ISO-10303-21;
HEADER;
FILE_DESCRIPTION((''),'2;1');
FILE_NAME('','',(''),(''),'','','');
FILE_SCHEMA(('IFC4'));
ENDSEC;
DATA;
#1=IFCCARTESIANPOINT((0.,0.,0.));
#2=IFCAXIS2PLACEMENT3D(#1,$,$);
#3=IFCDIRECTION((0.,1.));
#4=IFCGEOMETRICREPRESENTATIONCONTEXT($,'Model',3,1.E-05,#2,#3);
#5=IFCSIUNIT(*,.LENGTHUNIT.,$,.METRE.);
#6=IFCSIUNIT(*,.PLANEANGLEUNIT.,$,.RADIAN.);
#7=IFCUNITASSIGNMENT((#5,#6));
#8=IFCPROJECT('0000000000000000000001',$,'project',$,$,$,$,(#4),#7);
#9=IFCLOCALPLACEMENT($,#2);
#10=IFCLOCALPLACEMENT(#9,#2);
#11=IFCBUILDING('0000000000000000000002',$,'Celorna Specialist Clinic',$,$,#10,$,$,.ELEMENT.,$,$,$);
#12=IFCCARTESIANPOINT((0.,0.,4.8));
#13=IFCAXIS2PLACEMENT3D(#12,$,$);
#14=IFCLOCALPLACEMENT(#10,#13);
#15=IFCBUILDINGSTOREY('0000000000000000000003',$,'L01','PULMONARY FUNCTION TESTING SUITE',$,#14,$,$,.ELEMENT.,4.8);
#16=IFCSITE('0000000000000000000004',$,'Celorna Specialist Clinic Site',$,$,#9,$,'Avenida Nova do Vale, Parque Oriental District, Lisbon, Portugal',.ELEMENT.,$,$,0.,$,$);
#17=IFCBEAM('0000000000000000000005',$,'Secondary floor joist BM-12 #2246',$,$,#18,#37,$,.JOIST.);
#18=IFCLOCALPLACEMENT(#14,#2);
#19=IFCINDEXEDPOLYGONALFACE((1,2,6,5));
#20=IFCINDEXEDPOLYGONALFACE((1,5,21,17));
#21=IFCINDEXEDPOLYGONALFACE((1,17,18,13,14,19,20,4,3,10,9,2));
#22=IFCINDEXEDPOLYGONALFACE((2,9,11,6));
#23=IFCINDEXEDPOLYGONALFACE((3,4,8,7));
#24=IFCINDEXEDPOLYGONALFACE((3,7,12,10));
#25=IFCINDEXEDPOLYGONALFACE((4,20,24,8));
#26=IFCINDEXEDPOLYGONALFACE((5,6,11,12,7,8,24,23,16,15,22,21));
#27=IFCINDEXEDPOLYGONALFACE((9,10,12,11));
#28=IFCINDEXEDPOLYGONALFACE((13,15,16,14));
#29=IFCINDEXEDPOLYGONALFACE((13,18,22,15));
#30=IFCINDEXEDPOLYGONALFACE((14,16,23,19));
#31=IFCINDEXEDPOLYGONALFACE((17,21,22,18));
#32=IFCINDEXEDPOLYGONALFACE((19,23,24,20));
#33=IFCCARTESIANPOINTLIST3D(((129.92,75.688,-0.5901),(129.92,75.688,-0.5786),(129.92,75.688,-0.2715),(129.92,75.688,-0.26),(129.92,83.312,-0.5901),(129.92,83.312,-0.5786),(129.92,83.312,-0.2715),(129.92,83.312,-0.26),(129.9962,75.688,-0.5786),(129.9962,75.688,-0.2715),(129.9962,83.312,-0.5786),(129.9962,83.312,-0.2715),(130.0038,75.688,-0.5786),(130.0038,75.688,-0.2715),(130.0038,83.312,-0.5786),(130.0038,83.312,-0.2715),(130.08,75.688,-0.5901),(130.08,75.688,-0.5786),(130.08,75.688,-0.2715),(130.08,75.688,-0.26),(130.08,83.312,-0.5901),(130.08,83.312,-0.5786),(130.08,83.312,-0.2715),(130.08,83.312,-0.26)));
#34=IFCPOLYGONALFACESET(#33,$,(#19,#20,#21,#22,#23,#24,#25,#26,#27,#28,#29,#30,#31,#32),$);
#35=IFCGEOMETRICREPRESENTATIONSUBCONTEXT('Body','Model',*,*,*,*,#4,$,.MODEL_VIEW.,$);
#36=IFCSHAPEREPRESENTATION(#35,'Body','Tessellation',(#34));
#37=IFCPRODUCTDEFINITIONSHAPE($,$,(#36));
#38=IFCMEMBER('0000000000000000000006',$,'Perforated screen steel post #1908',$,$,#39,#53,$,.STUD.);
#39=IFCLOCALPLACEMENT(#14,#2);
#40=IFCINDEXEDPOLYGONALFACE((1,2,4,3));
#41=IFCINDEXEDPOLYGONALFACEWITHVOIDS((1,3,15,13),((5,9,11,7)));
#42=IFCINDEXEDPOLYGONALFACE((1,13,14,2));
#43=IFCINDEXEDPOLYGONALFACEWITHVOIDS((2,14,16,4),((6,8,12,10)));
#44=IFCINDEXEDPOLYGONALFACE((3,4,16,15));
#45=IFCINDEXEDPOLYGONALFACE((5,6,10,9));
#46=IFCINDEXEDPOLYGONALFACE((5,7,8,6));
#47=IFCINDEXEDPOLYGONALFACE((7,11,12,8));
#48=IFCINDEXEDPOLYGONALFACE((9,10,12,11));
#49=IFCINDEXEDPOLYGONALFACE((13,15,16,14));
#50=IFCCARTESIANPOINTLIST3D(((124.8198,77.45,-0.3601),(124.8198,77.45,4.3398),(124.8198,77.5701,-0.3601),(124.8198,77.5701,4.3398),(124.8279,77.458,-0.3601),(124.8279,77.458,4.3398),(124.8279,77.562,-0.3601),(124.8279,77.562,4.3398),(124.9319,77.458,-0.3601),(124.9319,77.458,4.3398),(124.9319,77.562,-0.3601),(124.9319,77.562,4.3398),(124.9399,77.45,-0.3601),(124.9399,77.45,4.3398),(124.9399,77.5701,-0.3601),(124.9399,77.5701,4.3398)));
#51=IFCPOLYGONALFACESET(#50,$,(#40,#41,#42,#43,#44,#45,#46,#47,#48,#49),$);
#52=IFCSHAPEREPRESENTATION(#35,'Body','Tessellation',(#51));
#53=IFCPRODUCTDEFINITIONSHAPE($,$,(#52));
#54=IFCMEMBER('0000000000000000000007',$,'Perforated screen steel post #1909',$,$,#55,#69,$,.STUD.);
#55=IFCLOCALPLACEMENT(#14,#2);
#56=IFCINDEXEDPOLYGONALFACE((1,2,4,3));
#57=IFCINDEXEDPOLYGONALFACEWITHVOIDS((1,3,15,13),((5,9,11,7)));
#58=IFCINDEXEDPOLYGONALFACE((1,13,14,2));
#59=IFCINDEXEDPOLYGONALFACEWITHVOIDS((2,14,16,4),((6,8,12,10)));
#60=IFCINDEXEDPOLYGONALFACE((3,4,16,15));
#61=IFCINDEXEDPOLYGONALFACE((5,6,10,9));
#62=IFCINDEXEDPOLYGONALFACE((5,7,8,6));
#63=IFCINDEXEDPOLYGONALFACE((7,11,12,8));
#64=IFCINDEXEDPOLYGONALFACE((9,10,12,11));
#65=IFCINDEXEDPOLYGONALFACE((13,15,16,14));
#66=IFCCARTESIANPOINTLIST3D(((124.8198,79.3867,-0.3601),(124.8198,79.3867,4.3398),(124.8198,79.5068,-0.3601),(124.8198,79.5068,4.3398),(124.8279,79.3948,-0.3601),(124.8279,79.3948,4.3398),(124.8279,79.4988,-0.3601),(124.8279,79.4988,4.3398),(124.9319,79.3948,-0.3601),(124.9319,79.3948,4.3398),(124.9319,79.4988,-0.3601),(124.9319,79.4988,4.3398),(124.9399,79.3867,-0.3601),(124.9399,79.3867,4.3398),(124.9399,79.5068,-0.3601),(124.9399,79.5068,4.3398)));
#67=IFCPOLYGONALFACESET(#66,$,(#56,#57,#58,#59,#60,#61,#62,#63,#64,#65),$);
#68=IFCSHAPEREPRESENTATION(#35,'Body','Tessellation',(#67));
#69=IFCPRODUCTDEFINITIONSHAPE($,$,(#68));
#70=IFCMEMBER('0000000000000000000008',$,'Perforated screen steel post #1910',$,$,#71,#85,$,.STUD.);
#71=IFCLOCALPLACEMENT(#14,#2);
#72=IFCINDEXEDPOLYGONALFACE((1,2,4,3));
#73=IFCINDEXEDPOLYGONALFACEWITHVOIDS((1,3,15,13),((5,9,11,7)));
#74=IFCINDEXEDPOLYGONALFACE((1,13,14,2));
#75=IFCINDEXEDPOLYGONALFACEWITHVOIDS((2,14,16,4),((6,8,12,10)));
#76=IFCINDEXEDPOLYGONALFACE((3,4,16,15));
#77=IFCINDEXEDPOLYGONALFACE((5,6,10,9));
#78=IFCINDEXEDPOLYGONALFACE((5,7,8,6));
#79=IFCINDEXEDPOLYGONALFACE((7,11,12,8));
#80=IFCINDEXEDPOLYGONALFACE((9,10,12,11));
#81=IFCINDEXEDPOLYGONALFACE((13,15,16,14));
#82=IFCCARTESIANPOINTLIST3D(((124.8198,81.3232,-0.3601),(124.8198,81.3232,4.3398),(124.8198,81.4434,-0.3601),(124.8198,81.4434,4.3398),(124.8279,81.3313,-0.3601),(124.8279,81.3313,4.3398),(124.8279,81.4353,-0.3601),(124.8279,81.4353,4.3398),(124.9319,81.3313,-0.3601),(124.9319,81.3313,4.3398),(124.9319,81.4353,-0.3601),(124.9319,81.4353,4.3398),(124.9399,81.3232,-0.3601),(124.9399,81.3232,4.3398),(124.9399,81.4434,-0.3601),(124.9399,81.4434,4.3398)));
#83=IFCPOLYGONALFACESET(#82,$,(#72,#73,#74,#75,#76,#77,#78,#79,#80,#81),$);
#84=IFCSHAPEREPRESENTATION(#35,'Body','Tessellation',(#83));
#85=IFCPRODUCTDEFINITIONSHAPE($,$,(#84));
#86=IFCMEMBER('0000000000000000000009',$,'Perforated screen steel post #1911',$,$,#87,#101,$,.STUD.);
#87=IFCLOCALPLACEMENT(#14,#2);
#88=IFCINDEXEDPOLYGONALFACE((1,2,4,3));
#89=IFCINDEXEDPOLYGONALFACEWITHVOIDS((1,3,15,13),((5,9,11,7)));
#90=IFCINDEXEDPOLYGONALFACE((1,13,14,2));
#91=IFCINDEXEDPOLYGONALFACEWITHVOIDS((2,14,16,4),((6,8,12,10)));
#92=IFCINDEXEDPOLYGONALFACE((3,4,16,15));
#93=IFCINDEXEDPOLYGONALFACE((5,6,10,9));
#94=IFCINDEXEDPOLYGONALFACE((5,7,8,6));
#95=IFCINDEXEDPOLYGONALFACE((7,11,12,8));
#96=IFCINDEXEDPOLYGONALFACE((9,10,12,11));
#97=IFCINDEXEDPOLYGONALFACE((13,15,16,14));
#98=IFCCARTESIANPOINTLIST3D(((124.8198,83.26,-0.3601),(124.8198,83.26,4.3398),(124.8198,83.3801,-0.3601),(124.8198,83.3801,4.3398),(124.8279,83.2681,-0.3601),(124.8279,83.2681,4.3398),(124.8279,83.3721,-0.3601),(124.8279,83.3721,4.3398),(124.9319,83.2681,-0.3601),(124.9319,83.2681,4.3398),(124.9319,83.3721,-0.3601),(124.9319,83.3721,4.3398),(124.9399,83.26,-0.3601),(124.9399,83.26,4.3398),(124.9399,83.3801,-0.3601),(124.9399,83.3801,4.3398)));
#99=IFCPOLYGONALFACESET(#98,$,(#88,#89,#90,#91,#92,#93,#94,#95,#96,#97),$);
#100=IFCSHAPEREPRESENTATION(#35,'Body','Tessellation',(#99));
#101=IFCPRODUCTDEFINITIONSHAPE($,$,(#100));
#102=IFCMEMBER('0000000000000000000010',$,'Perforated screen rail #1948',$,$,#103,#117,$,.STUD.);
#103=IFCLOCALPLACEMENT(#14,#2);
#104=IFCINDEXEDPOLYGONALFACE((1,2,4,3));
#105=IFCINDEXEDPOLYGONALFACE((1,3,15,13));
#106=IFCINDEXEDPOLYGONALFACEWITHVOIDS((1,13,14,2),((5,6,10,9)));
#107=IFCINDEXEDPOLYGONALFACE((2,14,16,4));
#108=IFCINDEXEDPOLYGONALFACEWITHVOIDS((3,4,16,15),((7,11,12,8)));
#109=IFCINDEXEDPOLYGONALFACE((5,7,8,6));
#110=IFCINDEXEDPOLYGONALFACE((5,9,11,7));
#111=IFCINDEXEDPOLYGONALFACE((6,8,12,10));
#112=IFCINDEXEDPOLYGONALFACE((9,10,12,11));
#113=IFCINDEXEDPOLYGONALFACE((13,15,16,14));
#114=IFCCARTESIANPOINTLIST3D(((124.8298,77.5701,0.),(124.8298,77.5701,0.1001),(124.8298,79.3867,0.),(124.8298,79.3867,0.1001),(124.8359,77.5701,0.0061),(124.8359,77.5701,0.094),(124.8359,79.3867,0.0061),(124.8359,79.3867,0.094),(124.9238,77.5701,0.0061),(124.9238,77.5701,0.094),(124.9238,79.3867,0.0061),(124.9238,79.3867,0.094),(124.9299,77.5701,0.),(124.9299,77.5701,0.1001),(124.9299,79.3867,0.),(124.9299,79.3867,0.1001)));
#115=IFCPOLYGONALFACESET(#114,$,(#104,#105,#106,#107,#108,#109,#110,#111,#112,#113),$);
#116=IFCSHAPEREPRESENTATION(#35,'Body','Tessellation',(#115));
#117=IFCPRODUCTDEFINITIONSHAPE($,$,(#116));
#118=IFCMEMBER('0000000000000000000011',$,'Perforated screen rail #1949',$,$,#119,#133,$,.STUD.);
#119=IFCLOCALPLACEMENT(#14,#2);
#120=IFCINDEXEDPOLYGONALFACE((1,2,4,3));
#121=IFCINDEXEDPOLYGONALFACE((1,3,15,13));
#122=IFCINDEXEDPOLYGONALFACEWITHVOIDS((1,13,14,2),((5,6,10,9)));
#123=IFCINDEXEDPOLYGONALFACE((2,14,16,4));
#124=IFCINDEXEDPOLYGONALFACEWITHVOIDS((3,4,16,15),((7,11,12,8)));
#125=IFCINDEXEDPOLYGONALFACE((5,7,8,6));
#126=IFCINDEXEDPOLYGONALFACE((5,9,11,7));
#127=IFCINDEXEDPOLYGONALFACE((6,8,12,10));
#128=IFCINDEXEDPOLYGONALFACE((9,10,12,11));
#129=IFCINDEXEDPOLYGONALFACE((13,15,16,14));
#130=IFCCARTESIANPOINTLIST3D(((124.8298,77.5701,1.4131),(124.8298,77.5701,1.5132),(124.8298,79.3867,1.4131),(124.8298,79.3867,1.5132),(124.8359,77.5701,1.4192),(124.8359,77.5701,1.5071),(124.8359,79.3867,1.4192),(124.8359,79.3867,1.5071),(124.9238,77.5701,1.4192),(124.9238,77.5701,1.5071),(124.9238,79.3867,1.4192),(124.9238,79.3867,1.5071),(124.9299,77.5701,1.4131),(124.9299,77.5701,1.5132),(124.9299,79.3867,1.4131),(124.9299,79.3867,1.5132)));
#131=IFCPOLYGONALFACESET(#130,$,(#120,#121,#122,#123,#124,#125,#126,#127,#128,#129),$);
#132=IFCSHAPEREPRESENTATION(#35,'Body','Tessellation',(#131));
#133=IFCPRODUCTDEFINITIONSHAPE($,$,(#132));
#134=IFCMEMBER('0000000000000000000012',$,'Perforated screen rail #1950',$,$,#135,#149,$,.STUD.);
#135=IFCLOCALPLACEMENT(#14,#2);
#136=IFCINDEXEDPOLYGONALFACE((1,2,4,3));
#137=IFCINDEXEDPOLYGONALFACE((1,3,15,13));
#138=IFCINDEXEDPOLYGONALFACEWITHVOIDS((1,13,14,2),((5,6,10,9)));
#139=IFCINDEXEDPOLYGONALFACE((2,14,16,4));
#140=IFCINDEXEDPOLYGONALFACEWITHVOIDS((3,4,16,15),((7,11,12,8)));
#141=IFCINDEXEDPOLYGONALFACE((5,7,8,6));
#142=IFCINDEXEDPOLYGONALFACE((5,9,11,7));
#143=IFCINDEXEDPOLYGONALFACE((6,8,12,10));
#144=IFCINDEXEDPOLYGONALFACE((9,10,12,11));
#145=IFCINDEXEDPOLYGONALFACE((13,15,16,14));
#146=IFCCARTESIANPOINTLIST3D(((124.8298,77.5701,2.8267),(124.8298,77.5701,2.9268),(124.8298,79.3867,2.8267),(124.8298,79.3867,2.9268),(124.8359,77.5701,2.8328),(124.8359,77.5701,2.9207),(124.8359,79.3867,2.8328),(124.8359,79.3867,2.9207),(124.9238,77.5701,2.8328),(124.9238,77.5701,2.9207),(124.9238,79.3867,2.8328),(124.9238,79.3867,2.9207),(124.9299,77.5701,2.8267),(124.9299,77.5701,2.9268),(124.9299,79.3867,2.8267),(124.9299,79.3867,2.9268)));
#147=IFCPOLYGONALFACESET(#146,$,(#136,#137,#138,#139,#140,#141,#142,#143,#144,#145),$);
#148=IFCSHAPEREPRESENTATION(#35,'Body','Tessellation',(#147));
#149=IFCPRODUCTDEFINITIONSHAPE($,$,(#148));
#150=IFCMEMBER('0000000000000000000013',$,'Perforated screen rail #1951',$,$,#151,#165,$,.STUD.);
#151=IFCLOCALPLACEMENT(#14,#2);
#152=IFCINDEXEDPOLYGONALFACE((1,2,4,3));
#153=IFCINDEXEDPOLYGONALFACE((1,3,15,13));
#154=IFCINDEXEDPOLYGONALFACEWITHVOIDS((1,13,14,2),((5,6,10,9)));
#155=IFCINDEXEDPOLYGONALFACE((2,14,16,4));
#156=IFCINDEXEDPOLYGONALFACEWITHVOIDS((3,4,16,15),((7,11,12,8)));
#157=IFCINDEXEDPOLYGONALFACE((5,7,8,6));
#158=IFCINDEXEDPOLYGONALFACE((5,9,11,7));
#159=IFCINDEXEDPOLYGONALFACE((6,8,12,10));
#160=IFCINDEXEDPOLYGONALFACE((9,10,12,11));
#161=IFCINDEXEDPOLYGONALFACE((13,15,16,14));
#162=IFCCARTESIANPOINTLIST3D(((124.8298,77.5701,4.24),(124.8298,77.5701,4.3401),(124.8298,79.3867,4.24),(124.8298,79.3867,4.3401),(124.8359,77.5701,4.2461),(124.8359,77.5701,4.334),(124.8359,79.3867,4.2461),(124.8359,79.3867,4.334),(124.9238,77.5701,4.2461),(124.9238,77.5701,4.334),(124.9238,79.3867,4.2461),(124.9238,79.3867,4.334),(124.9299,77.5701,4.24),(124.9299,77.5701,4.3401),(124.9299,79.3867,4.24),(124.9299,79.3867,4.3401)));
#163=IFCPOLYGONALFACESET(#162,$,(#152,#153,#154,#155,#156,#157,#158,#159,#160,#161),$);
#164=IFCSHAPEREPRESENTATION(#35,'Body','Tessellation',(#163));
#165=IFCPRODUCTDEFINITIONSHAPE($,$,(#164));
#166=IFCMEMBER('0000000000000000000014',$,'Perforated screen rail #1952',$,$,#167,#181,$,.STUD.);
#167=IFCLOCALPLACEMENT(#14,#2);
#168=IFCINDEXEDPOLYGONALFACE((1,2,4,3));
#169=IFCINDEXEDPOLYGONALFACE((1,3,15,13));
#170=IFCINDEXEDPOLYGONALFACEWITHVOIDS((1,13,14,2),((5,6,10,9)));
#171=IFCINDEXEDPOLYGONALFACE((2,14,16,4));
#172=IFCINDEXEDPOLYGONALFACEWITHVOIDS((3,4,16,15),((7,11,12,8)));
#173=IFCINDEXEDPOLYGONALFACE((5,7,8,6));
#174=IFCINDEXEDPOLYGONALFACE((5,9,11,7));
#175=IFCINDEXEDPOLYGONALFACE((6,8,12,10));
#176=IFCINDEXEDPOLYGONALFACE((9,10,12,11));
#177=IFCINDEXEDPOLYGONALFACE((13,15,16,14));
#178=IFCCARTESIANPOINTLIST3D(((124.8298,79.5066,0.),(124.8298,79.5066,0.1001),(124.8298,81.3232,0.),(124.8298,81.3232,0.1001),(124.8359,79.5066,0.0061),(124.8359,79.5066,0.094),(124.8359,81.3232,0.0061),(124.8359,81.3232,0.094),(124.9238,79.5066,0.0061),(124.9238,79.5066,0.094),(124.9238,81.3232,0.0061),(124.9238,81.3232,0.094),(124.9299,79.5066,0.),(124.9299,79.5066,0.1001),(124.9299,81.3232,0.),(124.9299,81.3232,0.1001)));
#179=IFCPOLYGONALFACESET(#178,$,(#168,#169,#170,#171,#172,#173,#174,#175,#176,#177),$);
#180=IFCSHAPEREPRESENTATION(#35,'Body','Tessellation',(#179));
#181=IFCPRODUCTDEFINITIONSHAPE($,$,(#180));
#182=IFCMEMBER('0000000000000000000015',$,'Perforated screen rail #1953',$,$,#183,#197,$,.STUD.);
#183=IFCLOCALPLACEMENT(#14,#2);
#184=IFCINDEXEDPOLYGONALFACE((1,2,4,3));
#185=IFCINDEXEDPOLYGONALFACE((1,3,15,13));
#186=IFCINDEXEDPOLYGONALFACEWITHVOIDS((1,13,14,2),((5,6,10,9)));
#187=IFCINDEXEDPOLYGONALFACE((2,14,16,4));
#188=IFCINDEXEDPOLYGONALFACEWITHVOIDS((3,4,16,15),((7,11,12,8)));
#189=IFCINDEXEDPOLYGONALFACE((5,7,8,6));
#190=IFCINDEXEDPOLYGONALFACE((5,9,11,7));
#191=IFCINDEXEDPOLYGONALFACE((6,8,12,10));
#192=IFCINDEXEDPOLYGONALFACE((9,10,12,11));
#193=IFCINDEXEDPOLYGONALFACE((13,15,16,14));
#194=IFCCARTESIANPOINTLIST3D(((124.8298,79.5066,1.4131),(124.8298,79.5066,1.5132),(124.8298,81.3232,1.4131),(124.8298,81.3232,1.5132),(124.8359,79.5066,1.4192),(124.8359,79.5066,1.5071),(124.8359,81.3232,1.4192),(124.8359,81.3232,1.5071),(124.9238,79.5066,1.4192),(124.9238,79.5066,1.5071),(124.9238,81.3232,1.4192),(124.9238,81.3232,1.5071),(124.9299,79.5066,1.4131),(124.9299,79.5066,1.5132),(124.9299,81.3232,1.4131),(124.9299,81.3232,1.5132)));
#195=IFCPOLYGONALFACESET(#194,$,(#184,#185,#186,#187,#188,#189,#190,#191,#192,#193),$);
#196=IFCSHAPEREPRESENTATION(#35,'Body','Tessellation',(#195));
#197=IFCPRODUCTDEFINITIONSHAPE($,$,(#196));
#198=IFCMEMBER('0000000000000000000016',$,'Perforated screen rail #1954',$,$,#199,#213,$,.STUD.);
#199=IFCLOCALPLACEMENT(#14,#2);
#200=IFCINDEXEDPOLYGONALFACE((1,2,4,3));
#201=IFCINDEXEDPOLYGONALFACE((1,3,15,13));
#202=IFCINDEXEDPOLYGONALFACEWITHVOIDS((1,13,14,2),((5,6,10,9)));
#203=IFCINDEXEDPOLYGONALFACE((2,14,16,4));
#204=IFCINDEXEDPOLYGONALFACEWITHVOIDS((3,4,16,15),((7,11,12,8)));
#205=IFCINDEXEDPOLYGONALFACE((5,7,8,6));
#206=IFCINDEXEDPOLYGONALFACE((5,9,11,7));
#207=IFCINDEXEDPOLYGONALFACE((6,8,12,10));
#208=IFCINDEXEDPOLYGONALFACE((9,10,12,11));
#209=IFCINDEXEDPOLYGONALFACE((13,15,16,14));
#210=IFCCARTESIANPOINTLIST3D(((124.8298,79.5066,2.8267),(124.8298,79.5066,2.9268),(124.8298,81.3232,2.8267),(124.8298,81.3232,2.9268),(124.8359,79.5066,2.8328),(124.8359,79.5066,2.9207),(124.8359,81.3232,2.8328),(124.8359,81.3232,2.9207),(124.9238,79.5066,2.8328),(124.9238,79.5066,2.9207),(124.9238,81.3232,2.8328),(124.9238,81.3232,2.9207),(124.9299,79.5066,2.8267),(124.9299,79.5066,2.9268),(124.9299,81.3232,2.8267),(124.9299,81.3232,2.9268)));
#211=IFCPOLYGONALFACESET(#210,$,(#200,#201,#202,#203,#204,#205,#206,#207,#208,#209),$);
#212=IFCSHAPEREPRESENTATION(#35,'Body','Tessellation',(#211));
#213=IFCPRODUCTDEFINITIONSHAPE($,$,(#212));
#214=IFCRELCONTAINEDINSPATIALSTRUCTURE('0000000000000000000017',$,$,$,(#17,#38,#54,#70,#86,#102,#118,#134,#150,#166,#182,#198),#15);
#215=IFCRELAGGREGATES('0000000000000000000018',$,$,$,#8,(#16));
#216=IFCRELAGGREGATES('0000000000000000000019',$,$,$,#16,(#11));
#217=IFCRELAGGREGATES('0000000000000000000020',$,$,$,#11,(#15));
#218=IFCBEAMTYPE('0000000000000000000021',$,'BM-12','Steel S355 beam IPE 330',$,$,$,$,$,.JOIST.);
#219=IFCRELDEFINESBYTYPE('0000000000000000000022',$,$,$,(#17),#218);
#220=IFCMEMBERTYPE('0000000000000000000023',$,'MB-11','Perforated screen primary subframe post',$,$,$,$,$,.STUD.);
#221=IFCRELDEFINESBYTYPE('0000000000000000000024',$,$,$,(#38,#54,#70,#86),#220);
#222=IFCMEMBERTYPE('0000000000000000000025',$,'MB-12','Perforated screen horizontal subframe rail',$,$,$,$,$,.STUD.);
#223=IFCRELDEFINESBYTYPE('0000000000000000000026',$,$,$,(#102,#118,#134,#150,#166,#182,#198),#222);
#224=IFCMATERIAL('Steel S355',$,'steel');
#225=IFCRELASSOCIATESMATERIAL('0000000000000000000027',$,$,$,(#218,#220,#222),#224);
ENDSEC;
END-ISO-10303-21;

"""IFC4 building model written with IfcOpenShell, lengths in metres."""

from ifc_helpers import new_model, si_unit, direction, frame, origin, origin_2d, place, context, subcontext, project, spatial, hollow_rectangle, i_section, extrude, material, material_profile, profile_set, type_object, element, save


model = new_model("IFC4")

# Units and contexts
model_context = context("Model", 3, precision=1e-05, world=origin(), true_north=direction((0.0, 1.0)))
body_context = subcontext(model_context, "Body", "Model", "MODEL_VIEW")
ifc_project = project(units=[si_unit("LENGTHUNIT", "METRE"), si_unit("PLANEANGLEUNIT", "RADIAN")], contexts=[model_context])

# Site, building, storey
site_placement = place(None, origin())
site = spatial("IfcSite", under=ifc_project, at=site_placement, Name="Celorna Specialist Clinic Site", LongName="Avenida Nova do Vale, Parque Oriental District, Lisbon, Portugal", CompositionType="ELEMENT", RefElevation=0.0)
building_placement = place(site_placement, origin())
building = spatial("IfcBuilding", under=site, at=building_placement, Name="Celorna Specialist Clinic", CompositionType="ELEMENT")
storey_placement = place(building_placement, frame((0.0, 0.0, 4.8)))
storey = spatial("IfcBuildingStorey", under=building, at=storey_placement, Name="L01", Description="PULMONARY FUNCTION TESTING SUITE", CompositionType="ELEMENT", Elevation=4.8)

# Beam
ifc_material_1 = material(Name="Steel S355", Category="steel")
ifc_material_profile_1 = material_profile(ifc_material_1, i_section(OverallWidth=0.1599, OverallDepth=0.3301, WebThickness=0.0076, FlangeThickness=0.0115, at=origin_2d()), Name="IPE 330")
ifc_profile_set_1 = profile_set([ifc_material_profile_1], Name="Steel S355")
beam_type = type_object("IfcBeamType", Name="BM-12", Description="Steel S355 beam IPE 330", PredefinedType="JOIST", material=ifc_profile_set_1)
beam_placement = place(storey_placement, frame((130.0, 75.688, -0.425), z_axis=(0.0, 1.0, 0.0), x_axis=(-1.0, 0.0, 0.0)))
element("IfcBeam", 1, at=beam_placement, inside=storey, type_object=beam_type, Name="Secondary floor joist BM-12 #2246", PredefinedType="JOIST", context=body_context, shape_type="SweptSolid", body=[
    extrude(i_section(OverallWidth=0.1599, OverallDepth=0.3301, WebThickness=0.0076, FlangeThickness=0.0115, at=origin_2d()), origin(), (0.0, 0.0, 1.0), 7.624),
])

# Members
ifc_material_profile_2 = material_profile(ifc_material_1, hollow_rectangle(XDim=0.1201, YDim=0.1201, WallThickness=0.0081, at=origin_2d()), Name="SHS 120x120x8")
ifc_profile_set_2 = profile_set([ifc_material_profile_2], Name="Steel S355")
member_type_1 = type_object("IfcMemberType", Name="MB-11", Description="Perforated screen primary subframe post", PredefinedType="STUD", material=ifc_profile_set_2)
for number, where, z_axis, x_axis, name in (
    (2, (124.8799, 77.51, -0.3601), (0.0, 0.0, 1.0), (1.0, 0.0, 0.0), "Perforated screen steel post #1908"),
    (3, (124.8799, 79.4468, -0.3601), (0.0, 0.0, 1.0), (1.0, 0.0, 0.0), "Perforated screen steel post #1909"),
    (4, (124.8799, 81.3833, -0.3601), (0.0, 0.0, 1.0), (1.0, 0.0, 0.0), "Perforated screen steel post #1910"),
    (5, (124.8799, 83.3201, -0.3601), (0.0, 0.0, 1.0), (1.0, 0.0, 0.0), "Perforated screen steel post #1911"),
):
    element("IfcMember", number, at=place(storey_placement, frame(where, z_axis=z_axis, x_axis=x_axis)), inside=storey, type_object=member_type_1, Name=name, PredefinedType="STUD", context=body_context, shape_type="SweptSolid", body=[
        extrude(hollow_rectangle(XDim=0.1201, YDim=0.1201, WallThickness=0.0081, at=origin_2d()), origin(), (0.0, 0.0, 1.0), 4.7),
    ])
ifc_material_profile_3 = material_profile(ifc_material_1, hollow_rectangle(XDim=0.1001, YDim=0.1001, WallThickness=0.0061, at=origin_2d()), Name="SHS 100x100x6")
ifc_profile_set_3 = profile_set([ifc_material_profile_3], Name="Steel S355")
member_type_2 = type_object("IfcMemberType", Name="MB-12", Description="Perforated screen horizontal subframe rail", PredefinedType="STUD", material=ifc_profile_set_3)
for number, where, z_axis, x_axis, name in (
    (6, (124.8799, 77.5701, 0.05), (0.0, 1.0, 0.0), (-1.0, 0.0, 0.0), "Perforated screen rail #1948"),
    (7, (124.8799, 77.5701, 1.4631), (0.0, 1.0, 0.0), (-1.0, 0.0, 0.0), "Perforated screen rail #1949"),
    (8, (124.8799, 77.5701, 2.8767), (0.0, 1.0, 0.0), (-1.0, 0.0, 0.0), "Perforated screen rail #1950"),
    (9, (124.8799, 77.5701, 4.29), (0.0, 1.0, 0.0), (-1.0, 0.0, 0.0), "Perforated screen rail #1951"),
    (10, (124.8799, 79.5066, 0.05), (0.0, 1.0, 0.0), (-1.0, 0.0, 0.0), "Perforated screen rail #1952"),
    (11, (124.8799, 79.5066, 1.4631), (0.0, 1.0, 0.0), (-1.0, 0.0, 0.0), "Perforated screen rail #1953"),
    (12, (124.8799, 79.5066, 2.8767), (0.0, 1.0, 0.0), (-1.0, 0.0, 0.0), "Perforated screen rail #1954"),
):
    element("IfcMember", number, at=place(storey_placement, frame(where, z_axis=z_axis, x_axis=x_axis)), inside=storey, type_object=member_type_2, Name=name, PredefinedType="STUD", context=body_context, shape_type="SweptSolid", body=[
        extrude(hollow_rectangle(XDim=0.1001, YDim=0.1001, WallThickness=0.0061, at=origin_2d()), origin(), (0.0, 0.0, 1.0), 1.8167),
    ])

save(model, "model.ifc")
